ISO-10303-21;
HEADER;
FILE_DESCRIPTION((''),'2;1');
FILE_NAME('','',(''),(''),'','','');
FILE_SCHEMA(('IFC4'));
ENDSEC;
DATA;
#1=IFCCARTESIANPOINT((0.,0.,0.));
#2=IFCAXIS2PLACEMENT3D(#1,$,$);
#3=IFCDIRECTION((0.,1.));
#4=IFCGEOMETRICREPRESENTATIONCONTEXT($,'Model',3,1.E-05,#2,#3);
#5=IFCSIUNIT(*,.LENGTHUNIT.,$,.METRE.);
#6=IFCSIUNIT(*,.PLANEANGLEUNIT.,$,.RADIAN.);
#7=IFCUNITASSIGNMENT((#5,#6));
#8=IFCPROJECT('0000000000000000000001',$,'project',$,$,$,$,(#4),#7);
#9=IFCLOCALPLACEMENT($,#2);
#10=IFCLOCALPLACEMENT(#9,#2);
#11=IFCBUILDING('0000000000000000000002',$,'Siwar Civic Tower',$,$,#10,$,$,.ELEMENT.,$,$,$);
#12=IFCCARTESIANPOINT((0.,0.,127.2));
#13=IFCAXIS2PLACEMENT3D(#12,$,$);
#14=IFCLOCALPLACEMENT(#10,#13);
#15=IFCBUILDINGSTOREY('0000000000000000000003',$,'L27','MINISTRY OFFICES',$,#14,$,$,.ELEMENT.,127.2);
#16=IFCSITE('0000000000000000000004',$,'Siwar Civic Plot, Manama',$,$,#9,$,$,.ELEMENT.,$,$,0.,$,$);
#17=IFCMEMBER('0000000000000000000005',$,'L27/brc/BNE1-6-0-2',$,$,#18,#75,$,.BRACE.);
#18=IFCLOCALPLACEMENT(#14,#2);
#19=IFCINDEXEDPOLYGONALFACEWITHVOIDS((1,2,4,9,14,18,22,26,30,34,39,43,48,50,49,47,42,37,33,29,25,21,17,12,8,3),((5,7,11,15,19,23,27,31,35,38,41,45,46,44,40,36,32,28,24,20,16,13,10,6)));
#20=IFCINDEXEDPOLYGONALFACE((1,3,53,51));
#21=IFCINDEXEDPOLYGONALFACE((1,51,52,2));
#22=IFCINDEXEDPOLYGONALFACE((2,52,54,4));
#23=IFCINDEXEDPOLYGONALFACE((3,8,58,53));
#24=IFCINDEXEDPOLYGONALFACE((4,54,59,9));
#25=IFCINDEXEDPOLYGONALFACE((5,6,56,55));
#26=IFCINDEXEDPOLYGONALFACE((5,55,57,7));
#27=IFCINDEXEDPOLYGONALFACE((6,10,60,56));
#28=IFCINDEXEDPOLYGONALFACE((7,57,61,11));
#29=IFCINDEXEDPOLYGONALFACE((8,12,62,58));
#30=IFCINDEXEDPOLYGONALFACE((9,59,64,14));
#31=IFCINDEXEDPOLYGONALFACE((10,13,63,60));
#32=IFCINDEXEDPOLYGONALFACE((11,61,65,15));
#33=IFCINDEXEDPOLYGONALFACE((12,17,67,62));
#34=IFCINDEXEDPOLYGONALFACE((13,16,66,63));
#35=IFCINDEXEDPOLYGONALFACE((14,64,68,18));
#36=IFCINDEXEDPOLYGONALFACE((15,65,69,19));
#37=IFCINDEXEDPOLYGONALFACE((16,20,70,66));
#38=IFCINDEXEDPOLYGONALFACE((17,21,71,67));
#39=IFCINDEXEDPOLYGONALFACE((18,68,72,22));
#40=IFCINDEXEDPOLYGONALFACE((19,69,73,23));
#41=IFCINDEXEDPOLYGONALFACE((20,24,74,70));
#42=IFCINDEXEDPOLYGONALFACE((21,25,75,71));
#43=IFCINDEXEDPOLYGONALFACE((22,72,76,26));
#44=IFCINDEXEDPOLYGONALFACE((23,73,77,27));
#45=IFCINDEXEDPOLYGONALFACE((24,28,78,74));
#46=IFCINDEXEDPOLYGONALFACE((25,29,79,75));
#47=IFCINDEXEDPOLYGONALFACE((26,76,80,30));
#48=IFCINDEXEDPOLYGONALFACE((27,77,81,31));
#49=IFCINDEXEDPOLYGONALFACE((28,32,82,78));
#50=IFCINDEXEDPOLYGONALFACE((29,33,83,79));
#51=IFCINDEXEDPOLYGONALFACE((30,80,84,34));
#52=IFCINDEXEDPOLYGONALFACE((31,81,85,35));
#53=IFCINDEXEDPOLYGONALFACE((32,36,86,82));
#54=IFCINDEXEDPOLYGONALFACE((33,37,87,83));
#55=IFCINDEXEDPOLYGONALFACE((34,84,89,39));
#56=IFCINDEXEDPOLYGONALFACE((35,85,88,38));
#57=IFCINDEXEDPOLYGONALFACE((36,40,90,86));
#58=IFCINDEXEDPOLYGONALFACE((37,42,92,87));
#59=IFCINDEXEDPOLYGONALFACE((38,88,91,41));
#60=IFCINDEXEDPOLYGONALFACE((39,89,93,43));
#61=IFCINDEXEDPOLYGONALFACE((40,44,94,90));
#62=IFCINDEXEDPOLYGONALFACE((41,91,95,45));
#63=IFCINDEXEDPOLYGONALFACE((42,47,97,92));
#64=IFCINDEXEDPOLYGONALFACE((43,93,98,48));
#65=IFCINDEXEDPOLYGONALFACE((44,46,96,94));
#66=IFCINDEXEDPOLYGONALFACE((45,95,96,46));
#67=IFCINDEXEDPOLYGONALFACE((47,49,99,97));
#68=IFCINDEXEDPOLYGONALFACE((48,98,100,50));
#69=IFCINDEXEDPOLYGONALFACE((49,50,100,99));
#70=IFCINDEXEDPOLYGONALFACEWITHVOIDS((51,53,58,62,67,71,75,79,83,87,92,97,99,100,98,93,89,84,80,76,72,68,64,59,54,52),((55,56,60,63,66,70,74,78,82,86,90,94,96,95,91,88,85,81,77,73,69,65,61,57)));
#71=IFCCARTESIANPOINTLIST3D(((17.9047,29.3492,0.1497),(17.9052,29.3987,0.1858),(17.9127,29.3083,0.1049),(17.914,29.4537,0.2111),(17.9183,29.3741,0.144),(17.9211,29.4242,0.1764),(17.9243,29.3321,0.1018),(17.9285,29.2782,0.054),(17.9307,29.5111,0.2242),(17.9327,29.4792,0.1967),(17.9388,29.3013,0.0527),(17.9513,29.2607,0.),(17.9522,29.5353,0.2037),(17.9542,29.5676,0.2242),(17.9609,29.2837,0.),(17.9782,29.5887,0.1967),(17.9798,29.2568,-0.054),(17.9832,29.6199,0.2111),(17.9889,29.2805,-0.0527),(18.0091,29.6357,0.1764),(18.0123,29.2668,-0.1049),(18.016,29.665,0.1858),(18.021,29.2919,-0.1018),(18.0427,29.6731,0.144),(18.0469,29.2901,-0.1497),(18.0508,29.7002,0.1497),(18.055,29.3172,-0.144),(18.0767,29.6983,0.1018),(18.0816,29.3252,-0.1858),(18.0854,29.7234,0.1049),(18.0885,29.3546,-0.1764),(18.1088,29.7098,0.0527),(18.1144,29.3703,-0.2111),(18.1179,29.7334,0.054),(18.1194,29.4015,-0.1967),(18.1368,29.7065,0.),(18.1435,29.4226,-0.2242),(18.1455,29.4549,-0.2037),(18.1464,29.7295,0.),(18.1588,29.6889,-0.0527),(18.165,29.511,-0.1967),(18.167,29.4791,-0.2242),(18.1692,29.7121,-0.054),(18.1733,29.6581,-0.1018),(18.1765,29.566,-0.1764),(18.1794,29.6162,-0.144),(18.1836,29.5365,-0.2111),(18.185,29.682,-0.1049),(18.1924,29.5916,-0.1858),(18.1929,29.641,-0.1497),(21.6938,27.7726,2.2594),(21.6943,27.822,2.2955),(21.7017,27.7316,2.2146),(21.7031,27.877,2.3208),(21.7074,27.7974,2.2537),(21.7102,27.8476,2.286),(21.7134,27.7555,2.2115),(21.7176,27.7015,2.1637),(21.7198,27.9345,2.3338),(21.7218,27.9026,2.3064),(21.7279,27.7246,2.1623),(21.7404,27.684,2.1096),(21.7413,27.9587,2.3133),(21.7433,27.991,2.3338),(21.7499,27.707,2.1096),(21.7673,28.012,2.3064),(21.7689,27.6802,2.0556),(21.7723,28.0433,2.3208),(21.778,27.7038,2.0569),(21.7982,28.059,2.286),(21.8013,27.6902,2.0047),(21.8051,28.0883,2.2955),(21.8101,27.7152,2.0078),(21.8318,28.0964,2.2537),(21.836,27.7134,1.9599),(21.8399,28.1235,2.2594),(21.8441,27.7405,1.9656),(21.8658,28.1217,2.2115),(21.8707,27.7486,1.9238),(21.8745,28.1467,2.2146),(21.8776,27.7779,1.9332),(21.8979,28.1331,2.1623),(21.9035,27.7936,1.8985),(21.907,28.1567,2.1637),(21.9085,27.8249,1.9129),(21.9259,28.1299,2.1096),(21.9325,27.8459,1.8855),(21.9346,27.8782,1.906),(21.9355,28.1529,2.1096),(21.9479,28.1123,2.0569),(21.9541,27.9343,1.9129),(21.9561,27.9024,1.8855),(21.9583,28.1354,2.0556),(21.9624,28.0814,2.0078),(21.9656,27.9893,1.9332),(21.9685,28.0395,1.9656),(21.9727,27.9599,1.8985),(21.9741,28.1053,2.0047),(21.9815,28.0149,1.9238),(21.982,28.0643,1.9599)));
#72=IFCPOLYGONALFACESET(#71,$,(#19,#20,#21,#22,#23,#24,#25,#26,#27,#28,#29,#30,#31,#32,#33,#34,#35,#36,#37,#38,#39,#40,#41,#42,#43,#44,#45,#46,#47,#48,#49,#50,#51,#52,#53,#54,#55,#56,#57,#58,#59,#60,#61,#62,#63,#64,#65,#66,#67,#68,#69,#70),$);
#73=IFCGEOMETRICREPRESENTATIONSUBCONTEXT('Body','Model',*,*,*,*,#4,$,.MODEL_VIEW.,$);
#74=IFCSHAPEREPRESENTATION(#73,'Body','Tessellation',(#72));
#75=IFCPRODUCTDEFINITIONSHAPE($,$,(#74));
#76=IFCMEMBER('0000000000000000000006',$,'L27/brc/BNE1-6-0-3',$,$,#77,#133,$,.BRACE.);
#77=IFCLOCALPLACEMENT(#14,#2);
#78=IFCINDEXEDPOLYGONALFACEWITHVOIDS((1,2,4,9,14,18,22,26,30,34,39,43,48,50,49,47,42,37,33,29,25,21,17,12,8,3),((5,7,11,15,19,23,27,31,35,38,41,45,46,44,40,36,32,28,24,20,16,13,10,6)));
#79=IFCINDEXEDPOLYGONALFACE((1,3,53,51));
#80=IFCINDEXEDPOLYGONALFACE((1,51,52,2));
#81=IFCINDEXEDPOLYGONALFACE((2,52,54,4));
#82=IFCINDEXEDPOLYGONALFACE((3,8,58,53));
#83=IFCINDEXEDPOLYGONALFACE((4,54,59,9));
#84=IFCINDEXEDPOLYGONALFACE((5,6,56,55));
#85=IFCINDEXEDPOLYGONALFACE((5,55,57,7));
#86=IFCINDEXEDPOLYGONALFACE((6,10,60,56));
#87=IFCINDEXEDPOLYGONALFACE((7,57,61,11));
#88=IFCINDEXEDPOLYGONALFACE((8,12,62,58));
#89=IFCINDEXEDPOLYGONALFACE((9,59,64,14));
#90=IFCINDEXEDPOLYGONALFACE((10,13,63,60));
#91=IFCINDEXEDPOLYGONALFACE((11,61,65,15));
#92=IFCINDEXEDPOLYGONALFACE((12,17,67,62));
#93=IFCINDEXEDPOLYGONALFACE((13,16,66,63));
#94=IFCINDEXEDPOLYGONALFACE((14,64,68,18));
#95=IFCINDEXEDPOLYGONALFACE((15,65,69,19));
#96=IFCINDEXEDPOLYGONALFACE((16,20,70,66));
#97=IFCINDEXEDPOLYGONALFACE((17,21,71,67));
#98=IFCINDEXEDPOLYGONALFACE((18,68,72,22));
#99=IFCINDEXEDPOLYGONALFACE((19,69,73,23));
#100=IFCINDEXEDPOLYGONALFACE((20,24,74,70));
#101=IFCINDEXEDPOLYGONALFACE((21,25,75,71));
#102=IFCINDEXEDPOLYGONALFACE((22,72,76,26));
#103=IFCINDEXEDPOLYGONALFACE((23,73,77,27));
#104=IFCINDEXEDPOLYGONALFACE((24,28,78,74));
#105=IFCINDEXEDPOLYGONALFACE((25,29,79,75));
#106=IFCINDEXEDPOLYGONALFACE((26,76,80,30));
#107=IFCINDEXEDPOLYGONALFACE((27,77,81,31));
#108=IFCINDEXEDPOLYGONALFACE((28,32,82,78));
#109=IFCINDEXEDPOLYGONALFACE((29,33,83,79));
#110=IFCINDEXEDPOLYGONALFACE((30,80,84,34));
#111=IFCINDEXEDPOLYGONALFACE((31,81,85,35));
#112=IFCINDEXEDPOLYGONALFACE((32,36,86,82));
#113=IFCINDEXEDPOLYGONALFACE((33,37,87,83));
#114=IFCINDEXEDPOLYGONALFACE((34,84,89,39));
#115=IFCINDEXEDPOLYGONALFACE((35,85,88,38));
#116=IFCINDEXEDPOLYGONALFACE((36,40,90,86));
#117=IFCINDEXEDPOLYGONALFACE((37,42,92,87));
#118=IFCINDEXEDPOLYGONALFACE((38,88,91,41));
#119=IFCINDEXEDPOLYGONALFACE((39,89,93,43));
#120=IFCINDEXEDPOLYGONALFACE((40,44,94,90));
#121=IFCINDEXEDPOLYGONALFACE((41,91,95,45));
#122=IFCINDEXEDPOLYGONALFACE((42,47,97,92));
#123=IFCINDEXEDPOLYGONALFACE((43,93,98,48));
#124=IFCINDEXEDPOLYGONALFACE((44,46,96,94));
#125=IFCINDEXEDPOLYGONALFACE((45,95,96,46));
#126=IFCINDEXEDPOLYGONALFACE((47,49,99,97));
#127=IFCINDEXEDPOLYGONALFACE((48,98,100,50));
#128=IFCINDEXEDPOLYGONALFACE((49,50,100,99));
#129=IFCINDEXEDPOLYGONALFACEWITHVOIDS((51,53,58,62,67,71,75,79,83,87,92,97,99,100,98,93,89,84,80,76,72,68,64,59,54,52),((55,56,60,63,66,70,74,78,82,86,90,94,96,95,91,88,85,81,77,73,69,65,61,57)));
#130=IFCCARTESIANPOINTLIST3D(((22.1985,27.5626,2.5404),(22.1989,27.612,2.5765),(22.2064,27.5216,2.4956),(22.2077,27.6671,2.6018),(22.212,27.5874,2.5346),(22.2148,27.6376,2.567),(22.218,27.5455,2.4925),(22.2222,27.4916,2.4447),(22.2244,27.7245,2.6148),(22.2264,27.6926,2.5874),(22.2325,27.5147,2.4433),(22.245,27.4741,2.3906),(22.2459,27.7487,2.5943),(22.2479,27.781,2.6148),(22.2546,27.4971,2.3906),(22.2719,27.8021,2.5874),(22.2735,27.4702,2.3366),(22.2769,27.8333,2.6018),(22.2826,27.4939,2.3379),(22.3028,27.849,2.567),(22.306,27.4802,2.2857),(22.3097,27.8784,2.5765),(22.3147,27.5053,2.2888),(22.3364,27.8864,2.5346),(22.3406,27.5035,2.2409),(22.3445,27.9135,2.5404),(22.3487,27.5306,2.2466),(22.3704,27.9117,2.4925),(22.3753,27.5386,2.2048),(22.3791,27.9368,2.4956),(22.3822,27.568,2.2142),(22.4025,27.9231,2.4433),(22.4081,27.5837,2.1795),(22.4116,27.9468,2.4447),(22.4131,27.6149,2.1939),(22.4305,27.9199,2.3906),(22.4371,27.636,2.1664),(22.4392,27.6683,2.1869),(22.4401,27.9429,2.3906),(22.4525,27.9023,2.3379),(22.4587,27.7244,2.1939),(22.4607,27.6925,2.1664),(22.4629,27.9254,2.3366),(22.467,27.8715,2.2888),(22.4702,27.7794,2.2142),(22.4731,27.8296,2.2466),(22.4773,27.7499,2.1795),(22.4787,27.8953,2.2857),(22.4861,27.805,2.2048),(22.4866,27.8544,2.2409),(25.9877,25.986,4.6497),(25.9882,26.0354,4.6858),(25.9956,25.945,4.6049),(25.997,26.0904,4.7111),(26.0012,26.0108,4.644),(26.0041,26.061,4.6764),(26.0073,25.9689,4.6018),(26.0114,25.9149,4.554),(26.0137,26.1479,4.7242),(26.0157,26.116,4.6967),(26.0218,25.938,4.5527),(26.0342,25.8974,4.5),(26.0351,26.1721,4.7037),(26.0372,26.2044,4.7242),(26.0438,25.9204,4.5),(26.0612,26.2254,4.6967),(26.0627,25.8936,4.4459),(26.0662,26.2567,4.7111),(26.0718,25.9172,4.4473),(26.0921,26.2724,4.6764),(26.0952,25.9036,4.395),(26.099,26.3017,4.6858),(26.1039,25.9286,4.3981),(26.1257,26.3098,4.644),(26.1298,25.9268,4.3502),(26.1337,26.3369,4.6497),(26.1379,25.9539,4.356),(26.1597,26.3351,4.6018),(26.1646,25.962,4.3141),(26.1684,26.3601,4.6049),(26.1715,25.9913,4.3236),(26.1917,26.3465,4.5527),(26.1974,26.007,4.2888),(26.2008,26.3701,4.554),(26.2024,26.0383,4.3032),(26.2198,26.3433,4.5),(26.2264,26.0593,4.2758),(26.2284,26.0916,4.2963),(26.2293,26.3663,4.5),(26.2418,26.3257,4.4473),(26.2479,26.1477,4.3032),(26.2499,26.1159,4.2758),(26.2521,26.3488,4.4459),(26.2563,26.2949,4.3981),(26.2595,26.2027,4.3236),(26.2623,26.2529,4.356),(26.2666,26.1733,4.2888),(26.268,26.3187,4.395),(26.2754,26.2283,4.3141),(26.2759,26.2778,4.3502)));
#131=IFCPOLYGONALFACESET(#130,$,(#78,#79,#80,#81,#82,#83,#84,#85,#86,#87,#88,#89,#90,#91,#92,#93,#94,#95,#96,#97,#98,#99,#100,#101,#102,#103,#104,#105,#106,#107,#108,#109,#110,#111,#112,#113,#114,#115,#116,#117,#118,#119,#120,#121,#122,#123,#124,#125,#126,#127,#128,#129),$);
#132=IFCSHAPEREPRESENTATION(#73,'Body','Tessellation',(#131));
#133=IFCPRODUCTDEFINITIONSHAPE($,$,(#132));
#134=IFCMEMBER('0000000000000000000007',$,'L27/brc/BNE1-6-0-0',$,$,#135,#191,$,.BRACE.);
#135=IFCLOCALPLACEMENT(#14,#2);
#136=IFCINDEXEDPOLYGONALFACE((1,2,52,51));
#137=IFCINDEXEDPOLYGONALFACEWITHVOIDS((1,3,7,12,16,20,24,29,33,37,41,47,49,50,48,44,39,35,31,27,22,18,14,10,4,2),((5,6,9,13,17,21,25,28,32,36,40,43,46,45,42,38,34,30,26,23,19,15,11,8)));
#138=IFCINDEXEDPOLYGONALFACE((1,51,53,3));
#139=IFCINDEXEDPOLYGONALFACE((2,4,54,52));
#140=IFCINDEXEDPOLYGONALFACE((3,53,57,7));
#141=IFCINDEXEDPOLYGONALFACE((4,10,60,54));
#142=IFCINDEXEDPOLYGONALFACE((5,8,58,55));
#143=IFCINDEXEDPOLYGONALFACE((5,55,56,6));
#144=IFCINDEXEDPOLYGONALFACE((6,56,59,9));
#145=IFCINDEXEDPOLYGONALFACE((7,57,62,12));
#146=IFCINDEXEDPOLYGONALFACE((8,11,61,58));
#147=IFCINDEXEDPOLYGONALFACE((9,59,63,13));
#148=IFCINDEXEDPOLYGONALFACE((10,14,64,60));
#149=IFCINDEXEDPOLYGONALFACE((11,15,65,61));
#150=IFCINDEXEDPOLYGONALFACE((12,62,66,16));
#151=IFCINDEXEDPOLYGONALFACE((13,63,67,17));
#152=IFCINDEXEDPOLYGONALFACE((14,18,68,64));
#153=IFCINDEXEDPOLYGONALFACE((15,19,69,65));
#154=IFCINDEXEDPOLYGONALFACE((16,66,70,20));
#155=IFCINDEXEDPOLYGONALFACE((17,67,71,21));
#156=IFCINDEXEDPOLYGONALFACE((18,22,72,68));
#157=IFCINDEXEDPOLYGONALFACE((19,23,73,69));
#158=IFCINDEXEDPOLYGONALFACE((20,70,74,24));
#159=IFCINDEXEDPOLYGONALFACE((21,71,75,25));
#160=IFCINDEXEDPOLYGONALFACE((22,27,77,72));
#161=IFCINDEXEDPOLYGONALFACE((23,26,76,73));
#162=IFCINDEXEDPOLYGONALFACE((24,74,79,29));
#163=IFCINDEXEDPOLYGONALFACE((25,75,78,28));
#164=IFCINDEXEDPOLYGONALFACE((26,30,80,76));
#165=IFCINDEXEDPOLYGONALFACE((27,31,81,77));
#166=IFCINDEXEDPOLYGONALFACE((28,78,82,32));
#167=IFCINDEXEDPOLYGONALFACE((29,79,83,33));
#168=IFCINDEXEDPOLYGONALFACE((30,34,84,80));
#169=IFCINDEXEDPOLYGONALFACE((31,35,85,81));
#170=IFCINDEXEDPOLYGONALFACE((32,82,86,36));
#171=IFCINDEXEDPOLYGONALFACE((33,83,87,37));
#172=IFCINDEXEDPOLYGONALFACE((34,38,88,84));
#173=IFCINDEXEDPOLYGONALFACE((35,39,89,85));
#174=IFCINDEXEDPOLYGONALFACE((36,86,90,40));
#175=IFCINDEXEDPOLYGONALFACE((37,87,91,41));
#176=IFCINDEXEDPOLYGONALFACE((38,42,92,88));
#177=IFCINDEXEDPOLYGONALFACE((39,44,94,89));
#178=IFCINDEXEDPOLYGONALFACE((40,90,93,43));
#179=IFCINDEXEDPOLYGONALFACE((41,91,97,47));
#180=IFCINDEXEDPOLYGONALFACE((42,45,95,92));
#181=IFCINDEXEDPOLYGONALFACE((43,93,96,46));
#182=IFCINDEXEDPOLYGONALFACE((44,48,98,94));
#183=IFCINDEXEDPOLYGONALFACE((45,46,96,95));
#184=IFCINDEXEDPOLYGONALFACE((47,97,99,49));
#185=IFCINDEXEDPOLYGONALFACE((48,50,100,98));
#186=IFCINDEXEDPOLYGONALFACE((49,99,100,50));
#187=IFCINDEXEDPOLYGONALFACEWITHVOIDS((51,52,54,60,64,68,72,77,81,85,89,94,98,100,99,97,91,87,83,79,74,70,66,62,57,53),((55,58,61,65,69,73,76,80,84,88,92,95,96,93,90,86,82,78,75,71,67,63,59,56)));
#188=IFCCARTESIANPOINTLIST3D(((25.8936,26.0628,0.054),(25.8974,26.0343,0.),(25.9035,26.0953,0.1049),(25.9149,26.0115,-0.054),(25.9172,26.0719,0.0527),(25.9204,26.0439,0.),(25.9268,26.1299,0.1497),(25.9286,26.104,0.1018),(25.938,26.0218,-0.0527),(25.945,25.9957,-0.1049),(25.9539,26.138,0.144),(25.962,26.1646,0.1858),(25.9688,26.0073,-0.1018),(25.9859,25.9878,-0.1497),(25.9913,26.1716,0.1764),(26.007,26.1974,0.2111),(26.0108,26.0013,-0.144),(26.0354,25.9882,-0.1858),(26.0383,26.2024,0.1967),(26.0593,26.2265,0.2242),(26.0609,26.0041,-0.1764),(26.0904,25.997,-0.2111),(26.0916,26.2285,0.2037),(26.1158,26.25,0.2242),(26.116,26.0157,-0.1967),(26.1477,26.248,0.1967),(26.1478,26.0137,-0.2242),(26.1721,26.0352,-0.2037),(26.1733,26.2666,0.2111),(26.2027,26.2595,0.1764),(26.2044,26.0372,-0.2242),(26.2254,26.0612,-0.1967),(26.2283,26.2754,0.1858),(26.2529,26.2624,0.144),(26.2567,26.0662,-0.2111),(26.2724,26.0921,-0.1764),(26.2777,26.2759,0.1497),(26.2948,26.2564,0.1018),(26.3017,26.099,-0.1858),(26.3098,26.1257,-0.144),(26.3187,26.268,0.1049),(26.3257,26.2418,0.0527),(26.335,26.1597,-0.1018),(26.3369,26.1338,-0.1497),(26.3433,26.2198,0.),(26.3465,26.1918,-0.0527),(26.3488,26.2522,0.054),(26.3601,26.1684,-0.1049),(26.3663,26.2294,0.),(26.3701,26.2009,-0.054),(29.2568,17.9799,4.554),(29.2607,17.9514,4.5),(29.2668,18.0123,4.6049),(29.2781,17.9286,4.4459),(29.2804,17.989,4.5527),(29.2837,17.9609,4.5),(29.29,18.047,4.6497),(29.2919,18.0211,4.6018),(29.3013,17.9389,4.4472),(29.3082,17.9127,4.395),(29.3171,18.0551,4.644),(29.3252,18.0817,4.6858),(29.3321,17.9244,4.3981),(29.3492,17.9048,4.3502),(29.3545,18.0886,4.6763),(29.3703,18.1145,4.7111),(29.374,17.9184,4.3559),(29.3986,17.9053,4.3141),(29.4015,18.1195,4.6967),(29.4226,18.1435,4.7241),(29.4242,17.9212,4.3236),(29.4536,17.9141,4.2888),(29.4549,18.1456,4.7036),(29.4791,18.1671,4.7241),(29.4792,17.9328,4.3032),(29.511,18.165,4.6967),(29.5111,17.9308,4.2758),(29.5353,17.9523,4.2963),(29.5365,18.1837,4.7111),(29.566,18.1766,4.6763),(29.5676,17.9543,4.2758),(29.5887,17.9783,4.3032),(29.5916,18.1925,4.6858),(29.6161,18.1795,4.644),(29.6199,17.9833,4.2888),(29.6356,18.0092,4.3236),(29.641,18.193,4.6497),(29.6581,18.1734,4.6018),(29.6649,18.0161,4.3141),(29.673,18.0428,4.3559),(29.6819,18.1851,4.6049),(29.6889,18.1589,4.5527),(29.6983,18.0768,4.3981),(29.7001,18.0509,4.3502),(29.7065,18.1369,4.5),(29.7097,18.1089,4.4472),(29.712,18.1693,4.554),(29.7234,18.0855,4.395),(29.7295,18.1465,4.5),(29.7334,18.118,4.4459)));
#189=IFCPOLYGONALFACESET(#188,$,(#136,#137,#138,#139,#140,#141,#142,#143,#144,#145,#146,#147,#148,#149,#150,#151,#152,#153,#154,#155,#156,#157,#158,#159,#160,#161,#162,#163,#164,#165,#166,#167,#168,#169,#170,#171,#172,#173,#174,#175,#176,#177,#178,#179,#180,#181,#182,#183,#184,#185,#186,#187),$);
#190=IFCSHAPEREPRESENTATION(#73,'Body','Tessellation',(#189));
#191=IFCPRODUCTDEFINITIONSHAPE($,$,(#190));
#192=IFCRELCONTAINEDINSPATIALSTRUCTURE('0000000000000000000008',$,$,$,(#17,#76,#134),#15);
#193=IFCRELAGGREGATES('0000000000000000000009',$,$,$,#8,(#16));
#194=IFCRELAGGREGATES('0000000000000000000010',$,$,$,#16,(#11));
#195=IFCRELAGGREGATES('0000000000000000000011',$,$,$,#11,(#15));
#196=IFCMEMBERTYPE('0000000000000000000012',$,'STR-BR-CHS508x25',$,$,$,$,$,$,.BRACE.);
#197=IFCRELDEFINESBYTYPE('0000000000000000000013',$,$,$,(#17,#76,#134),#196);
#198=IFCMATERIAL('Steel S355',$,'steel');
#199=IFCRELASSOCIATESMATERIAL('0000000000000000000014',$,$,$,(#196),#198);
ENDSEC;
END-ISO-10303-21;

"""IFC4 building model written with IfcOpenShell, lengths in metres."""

from ifc_helpers import new_model, si_unit, direction, frame, origin, origin_2d, place, context, subcontext, project, spatial, hollow_circle, extrude, material, material_profile, profile_set, type_object, element, save


model = new_model("IFC4")

# Units and contexts
model_context = context("Model", 3, precision=1e-05, world=origin(), true_north=direction((0.0, 1.0)))
body_context = subcontext(model_context, "Body", "Model", "MODEL_VIEW")
ifc_project = project(units=[si_unit("LENGTHUNIT", "METRE"), si_unit("PLANEANGLEUNIT", "RADIAN")], contexts=[model_context])

# Site, building, storey
site_placement = place(None, origin())
site = spatial("IfcSite", under=ifc_project, at=site_placement, Name="Siwar Civic Plot, Manama", CompositionType="ELEMENT", RefElevation=0.0)
building_placement = place(site_placement, origin())
building = spatial("IfcBuilding", under=site, at=building_placement, Name="Siwar Civic Tower", CompositionType="ELEMENT")
storey_placement = place(building_placement, frame((0.0, 0.0, 127.2)))
storey = spatial("IfcBuildingStorey", under=building, at=storey_placement, Name="L27", Description="MINISTRY OFFICES", CompositionType="ELEMENT", Elevation=127.2)

# Members
ifc_material_1 = material(Name="Steel S355", Category="steel")
ifc_material_profile_1 = material_profile(ifc_material_1, hollow_circle(Radius=0.2539, WallThickness=0.0249, at=origin_2d()), Name="CHS508x25")
ifc_profile_set_1 = profile_set([ifc_material_profile_1], Name="Steel S355")
member_type_1 = type_object("IfcMemberType", Name="STR-BR-CHS508x25", PredefinedType="BRACE", material=ifc_profile_set_1)
for number, where, z_axis, x_axis, name in (
    (1, (18.0488, 29.4951, 0.0), (0.821126, -0.341677, 0.457175), (0.384176, 0.92326, 0.0), "L27/brc/BNE1-6-0-2"),
    (2, (22.3425, 27.7085, 2.3906), (0.821163, -0.341671, 0.457113), (0.384155, 0.923269, 0.0), "L27/brc/BNE1-6-0-3"),
):
    element("IfcMember", number, at=place(storey_placement, frame(where, z_axis=z_axis, x_axis=x_axis)), inside=storey, type_object=member_type_1, Name=name, PredefinedType="BRACE", context=body_context, shape_type="SweptSolid", body=[
        extrude(hollow_circle(Radius=0.2539, WallThickness=0.0249, at=origin_2d()), origin(), (0.0, 0.0, 1.0), 4.6145),
    ])
member_1_placement = place(storey_placement, frame((26.1318, 26.1318, 0.0), z_axis=(0.341671, -0.821143, 0.457149), x_axis=(0.923265, 0.384164, 0.0)))
element("IfcMember", 3, at=member_1_placement, inside=storey, type_object=member_type_1, Name="L27/brc/BNE1-6-0-0", PredefinedType="BRACE", context=body_context, shape_type="SweptSolid", body=[
    extrude(hollow_circle(Radius=0.2539, WallThickness=0.0249, at=origin_2d()), origin(), (0.0, 0.0, 1.0), 9.8435),
])

save(model, "model.ifc")
